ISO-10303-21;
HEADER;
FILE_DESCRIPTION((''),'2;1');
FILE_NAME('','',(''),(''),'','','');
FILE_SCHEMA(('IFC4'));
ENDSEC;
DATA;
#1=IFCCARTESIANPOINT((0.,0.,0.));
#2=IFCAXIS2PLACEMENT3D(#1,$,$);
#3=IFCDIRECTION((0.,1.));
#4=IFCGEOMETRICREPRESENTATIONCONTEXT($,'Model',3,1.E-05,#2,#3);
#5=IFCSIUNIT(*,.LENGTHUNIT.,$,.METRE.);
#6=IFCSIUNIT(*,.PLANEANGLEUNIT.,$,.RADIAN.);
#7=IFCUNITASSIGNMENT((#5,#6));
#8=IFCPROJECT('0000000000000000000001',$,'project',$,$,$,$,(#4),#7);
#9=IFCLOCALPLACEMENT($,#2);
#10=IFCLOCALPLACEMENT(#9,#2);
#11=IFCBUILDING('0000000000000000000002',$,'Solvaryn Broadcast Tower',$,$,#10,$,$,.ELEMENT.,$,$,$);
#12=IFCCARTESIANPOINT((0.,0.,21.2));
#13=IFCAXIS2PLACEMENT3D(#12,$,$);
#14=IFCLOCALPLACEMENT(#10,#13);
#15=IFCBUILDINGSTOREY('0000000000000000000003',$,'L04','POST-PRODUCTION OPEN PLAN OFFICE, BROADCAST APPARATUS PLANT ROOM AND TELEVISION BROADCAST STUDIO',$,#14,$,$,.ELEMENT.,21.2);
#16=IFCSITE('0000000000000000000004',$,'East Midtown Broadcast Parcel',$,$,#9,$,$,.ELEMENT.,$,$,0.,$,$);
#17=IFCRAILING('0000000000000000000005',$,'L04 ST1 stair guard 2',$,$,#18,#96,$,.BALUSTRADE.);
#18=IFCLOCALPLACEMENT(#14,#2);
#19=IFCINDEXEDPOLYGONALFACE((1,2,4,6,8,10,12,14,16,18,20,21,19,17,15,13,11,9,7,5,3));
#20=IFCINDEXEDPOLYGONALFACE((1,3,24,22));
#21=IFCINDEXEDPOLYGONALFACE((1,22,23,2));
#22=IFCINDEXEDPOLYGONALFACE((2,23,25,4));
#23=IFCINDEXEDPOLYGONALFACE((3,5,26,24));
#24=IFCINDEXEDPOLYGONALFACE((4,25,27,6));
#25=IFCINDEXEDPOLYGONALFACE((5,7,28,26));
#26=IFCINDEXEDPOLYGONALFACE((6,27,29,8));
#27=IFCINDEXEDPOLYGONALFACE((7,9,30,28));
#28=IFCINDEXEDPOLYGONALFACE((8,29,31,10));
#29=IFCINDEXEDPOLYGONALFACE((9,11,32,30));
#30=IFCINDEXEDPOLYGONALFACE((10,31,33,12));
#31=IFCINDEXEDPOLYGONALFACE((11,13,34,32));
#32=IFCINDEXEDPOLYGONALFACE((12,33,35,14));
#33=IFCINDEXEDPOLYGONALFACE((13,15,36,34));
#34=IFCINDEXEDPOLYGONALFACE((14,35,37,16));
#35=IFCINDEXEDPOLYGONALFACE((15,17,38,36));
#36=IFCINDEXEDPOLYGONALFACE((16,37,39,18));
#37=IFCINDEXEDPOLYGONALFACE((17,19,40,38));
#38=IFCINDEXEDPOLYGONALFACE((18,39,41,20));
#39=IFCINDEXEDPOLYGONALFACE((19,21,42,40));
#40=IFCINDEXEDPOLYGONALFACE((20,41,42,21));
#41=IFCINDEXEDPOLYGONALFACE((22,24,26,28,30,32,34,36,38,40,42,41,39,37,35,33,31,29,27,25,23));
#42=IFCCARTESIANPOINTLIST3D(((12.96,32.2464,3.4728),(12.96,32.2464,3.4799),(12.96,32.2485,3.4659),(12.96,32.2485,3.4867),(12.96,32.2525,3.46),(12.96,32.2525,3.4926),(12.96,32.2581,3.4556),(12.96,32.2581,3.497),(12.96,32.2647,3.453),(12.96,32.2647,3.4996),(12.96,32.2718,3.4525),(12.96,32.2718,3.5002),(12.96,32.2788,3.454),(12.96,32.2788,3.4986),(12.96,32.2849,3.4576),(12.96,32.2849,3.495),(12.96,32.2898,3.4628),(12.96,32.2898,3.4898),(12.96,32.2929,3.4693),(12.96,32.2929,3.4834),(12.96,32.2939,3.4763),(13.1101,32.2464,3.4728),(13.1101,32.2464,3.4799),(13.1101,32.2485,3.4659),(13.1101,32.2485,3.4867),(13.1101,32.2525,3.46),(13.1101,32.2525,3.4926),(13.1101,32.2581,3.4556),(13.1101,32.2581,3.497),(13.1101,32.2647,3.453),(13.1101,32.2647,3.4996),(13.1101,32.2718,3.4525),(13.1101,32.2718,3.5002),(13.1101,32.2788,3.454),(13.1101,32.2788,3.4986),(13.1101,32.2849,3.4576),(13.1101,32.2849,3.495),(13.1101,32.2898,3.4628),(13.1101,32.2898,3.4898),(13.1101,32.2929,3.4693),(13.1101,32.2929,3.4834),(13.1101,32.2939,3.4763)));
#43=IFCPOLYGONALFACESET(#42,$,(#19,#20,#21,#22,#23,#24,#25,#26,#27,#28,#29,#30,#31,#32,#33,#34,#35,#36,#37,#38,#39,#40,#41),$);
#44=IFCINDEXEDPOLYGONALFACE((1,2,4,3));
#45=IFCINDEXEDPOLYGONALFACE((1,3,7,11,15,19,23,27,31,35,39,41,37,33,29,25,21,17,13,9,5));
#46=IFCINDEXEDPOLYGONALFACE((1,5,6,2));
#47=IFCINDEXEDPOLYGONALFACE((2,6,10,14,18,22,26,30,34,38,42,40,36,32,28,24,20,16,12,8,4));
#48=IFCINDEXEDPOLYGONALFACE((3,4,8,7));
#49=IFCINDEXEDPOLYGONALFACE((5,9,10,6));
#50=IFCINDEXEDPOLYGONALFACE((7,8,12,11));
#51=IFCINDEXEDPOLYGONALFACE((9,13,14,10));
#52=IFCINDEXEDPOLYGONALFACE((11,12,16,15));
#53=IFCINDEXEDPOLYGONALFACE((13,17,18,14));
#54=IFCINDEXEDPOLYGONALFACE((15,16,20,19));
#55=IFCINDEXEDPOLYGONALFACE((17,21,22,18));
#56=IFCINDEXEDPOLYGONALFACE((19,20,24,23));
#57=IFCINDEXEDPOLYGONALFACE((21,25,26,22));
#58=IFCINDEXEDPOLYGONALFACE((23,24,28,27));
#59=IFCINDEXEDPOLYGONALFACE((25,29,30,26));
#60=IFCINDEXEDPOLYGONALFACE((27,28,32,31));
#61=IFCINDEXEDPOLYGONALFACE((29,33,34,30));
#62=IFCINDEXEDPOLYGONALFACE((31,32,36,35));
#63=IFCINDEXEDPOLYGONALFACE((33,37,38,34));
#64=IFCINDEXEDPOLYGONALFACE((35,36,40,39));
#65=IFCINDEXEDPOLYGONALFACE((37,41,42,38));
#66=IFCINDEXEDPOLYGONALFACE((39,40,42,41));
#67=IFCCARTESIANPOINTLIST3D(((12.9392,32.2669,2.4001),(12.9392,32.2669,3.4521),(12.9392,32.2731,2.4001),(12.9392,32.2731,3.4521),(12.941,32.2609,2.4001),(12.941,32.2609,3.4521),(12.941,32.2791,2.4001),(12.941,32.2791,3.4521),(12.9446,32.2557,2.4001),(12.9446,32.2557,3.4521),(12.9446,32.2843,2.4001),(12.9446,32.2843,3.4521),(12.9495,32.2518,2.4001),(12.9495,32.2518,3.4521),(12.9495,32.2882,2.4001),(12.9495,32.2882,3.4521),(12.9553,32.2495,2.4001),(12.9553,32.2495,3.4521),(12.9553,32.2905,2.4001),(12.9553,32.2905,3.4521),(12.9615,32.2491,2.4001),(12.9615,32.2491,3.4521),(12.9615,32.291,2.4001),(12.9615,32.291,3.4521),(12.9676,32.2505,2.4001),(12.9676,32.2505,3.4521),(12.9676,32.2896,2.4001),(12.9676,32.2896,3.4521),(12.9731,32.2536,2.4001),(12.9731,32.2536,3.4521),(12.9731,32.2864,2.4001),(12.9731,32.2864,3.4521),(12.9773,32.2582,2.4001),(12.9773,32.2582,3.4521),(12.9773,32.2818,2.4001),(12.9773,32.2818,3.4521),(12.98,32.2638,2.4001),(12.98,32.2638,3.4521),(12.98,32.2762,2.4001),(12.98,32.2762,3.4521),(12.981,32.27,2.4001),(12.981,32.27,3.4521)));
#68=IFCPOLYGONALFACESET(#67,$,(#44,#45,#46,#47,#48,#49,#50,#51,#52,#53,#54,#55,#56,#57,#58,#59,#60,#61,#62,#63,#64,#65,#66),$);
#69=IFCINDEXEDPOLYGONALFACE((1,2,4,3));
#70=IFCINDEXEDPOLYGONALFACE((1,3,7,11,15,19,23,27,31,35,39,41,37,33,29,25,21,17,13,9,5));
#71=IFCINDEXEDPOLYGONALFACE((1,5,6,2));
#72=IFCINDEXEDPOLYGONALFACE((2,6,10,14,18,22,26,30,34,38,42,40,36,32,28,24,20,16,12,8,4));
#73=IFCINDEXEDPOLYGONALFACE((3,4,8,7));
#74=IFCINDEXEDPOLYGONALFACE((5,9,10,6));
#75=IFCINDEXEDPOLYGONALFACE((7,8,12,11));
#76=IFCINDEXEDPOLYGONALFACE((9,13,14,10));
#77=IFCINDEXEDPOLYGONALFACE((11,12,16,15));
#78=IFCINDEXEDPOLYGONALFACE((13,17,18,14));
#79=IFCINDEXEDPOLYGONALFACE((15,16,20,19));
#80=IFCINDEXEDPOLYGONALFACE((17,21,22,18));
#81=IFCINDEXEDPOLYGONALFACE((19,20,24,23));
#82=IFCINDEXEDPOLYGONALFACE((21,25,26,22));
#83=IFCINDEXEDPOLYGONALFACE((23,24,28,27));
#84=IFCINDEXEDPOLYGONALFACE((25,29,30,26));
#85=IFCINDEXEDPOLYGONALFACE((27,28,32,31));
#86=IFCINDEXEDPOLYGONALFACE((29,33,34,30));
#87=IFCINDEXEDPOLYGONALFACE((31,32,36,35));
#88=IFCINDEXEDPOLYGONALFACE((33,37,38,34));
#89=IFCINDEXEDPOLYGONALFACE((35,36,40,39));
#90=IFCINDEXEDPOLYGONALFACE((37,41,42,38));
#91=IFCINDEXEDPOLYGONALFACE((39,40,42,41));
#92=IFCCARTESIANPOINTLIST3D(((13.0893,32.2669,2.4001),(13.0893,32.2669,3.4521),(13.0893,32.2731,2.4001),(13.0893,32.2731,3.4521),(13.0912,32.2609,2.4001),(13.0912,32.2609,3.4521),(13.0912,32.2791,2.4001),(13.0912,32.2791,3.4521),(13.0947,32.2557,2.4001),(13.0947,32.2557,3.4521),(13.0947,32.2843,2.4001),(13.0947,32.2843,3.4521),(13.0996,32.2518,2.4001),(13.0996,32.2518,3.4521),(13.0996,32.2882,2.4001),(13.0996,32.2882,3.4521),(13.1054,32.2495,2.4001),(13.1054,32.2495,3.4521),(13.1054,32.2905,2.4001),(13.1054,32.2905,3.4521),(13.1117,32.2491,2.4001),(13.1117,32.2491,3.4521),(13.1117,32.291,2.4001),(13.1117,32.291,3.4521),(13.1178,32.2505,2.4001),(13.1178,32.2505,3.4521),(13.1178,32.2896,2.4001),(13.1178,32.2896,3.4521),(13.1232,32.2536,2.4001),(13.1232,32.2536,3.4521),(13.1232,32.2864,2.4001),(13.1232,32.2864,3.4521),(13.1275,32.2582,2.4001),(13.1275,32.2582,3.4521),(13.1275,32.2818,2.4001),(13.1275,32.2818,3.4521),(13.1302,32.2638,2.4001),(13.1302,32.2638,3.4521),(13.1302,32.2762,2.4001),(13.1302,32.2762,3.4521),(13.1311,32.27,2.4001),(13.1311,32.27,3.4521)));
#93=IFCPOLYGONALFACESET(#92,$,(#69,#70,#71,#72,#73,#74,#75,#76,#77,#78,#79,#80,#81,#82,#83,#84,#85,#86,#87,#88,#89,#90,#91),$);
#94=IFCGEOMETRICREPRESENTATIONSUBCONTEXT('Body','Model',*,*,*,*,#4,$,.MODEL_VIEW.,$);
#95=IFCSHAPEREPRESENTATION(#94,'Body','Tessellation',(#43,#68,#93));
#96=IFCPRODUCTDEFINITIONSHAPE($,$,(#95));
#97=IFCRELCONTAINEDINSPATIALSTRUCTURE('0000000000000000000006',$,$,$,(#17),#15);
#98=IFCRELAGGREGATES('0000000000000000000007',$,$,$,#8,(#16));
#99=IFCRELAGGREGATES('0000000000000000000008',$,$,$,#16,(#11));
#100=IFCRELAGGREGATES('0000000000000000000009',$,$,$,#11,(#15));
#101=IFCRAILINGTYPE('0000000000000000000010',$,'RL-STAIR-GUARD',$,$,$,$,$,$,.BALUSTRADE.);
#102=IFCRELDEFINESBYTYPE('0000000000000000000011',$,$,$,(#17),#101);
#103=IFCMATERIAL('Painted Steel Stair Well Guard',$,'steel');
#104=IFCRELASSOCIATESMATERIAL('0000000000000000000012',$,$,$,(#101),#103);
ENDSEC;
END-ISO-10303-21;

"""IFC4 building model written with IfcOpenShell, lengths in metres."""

from ifc_helpers import new_model, si_unit, direction, frame, origin, origin_2d, place, context, subcontext, project, spatial, circle, extrude, material, type_object, element, save


model = new_model("IFC4")

# Units and contexts
model_context = context("Model", 3, precision=1e-05, world=origin(), true_north=direction((0.0, 1.0)))
body_context = subcontext(model_context, "Body", "Model", "MODEL_VIEW")
ifc_project = project(units=[si_unit("LENGTHUNIT", "METRE"), si_unit("PLANEANGLEUNIT", "RADIAN")], contexts=[model_context])

# Site, building, storey
site_placement = place(None, origin())
site = spatial("IfcSite", under=ifc_project, at=site_placement, Name="East Midtown Broadcast Parcel", CompositionType="ELEMENT", RefElevation=0.0)
building_placement = place(site_placement, origin())
building = spatial("IfcBuilding", under=site, at=building_placement, Name="Solvaryn Broadcast Tower", CompositionType="ELEMENT")
storey_placement = place(building_placement, frame((0.0, 0.0, 21.2)))
storey = spatial("IfcBuildingStorey", under=building, at=storey_placement, Name="L04", Description="POST-PRODUCTION OPEN PLAN OFFICE, BROADCAST APPARATUS PLANT ROOM AND TELEVISION BROADCAST STUDIO", CompositionType="ELEMENT", Elevation=21.2)

# Railing
ifc_material_1 = material(Name="Painted Steel Stair Well Guard", Category="steel")
railing_type_1 = type_object("IfcRailingType", Name="RL-STAIR-GUARD", PredefinedType="BALUSTRADE", material=ifc_material_1)
railing_1_placement = place(storey_placement, frame((12.96, 32.27, 2.4001)))
element("IfcRailing", 1, at=railing_1_placement, inside=storey, type_object=railing_type_1, Name="L04 ST1 stair guard 2", PredefinedType="BALUSTRADE", context=body_context, shape_type="SweptSolid", body=[
    extrude(circle(Radius=0.0239, at=origin_2d()), frame((0.0, 0.0, 1.0762), z_axis=(1.0, 0.0, 0.0), x_axis=(0.0, 1.0, 0.0)), (0.0, 0.0, 1.0), 0.1501),
    extrude(circle(Radius=0.021, at=origin_2d()), origin(), (0.0, 0.0, 1.0), 1.052),
    extrude(circle(Radius=0.021, at=origin_2d()), frame((0.1501, 0.0, 0.0)), (0.0, 0.0, 1.0), 1.052),
])

save(model, "model.ifc")
